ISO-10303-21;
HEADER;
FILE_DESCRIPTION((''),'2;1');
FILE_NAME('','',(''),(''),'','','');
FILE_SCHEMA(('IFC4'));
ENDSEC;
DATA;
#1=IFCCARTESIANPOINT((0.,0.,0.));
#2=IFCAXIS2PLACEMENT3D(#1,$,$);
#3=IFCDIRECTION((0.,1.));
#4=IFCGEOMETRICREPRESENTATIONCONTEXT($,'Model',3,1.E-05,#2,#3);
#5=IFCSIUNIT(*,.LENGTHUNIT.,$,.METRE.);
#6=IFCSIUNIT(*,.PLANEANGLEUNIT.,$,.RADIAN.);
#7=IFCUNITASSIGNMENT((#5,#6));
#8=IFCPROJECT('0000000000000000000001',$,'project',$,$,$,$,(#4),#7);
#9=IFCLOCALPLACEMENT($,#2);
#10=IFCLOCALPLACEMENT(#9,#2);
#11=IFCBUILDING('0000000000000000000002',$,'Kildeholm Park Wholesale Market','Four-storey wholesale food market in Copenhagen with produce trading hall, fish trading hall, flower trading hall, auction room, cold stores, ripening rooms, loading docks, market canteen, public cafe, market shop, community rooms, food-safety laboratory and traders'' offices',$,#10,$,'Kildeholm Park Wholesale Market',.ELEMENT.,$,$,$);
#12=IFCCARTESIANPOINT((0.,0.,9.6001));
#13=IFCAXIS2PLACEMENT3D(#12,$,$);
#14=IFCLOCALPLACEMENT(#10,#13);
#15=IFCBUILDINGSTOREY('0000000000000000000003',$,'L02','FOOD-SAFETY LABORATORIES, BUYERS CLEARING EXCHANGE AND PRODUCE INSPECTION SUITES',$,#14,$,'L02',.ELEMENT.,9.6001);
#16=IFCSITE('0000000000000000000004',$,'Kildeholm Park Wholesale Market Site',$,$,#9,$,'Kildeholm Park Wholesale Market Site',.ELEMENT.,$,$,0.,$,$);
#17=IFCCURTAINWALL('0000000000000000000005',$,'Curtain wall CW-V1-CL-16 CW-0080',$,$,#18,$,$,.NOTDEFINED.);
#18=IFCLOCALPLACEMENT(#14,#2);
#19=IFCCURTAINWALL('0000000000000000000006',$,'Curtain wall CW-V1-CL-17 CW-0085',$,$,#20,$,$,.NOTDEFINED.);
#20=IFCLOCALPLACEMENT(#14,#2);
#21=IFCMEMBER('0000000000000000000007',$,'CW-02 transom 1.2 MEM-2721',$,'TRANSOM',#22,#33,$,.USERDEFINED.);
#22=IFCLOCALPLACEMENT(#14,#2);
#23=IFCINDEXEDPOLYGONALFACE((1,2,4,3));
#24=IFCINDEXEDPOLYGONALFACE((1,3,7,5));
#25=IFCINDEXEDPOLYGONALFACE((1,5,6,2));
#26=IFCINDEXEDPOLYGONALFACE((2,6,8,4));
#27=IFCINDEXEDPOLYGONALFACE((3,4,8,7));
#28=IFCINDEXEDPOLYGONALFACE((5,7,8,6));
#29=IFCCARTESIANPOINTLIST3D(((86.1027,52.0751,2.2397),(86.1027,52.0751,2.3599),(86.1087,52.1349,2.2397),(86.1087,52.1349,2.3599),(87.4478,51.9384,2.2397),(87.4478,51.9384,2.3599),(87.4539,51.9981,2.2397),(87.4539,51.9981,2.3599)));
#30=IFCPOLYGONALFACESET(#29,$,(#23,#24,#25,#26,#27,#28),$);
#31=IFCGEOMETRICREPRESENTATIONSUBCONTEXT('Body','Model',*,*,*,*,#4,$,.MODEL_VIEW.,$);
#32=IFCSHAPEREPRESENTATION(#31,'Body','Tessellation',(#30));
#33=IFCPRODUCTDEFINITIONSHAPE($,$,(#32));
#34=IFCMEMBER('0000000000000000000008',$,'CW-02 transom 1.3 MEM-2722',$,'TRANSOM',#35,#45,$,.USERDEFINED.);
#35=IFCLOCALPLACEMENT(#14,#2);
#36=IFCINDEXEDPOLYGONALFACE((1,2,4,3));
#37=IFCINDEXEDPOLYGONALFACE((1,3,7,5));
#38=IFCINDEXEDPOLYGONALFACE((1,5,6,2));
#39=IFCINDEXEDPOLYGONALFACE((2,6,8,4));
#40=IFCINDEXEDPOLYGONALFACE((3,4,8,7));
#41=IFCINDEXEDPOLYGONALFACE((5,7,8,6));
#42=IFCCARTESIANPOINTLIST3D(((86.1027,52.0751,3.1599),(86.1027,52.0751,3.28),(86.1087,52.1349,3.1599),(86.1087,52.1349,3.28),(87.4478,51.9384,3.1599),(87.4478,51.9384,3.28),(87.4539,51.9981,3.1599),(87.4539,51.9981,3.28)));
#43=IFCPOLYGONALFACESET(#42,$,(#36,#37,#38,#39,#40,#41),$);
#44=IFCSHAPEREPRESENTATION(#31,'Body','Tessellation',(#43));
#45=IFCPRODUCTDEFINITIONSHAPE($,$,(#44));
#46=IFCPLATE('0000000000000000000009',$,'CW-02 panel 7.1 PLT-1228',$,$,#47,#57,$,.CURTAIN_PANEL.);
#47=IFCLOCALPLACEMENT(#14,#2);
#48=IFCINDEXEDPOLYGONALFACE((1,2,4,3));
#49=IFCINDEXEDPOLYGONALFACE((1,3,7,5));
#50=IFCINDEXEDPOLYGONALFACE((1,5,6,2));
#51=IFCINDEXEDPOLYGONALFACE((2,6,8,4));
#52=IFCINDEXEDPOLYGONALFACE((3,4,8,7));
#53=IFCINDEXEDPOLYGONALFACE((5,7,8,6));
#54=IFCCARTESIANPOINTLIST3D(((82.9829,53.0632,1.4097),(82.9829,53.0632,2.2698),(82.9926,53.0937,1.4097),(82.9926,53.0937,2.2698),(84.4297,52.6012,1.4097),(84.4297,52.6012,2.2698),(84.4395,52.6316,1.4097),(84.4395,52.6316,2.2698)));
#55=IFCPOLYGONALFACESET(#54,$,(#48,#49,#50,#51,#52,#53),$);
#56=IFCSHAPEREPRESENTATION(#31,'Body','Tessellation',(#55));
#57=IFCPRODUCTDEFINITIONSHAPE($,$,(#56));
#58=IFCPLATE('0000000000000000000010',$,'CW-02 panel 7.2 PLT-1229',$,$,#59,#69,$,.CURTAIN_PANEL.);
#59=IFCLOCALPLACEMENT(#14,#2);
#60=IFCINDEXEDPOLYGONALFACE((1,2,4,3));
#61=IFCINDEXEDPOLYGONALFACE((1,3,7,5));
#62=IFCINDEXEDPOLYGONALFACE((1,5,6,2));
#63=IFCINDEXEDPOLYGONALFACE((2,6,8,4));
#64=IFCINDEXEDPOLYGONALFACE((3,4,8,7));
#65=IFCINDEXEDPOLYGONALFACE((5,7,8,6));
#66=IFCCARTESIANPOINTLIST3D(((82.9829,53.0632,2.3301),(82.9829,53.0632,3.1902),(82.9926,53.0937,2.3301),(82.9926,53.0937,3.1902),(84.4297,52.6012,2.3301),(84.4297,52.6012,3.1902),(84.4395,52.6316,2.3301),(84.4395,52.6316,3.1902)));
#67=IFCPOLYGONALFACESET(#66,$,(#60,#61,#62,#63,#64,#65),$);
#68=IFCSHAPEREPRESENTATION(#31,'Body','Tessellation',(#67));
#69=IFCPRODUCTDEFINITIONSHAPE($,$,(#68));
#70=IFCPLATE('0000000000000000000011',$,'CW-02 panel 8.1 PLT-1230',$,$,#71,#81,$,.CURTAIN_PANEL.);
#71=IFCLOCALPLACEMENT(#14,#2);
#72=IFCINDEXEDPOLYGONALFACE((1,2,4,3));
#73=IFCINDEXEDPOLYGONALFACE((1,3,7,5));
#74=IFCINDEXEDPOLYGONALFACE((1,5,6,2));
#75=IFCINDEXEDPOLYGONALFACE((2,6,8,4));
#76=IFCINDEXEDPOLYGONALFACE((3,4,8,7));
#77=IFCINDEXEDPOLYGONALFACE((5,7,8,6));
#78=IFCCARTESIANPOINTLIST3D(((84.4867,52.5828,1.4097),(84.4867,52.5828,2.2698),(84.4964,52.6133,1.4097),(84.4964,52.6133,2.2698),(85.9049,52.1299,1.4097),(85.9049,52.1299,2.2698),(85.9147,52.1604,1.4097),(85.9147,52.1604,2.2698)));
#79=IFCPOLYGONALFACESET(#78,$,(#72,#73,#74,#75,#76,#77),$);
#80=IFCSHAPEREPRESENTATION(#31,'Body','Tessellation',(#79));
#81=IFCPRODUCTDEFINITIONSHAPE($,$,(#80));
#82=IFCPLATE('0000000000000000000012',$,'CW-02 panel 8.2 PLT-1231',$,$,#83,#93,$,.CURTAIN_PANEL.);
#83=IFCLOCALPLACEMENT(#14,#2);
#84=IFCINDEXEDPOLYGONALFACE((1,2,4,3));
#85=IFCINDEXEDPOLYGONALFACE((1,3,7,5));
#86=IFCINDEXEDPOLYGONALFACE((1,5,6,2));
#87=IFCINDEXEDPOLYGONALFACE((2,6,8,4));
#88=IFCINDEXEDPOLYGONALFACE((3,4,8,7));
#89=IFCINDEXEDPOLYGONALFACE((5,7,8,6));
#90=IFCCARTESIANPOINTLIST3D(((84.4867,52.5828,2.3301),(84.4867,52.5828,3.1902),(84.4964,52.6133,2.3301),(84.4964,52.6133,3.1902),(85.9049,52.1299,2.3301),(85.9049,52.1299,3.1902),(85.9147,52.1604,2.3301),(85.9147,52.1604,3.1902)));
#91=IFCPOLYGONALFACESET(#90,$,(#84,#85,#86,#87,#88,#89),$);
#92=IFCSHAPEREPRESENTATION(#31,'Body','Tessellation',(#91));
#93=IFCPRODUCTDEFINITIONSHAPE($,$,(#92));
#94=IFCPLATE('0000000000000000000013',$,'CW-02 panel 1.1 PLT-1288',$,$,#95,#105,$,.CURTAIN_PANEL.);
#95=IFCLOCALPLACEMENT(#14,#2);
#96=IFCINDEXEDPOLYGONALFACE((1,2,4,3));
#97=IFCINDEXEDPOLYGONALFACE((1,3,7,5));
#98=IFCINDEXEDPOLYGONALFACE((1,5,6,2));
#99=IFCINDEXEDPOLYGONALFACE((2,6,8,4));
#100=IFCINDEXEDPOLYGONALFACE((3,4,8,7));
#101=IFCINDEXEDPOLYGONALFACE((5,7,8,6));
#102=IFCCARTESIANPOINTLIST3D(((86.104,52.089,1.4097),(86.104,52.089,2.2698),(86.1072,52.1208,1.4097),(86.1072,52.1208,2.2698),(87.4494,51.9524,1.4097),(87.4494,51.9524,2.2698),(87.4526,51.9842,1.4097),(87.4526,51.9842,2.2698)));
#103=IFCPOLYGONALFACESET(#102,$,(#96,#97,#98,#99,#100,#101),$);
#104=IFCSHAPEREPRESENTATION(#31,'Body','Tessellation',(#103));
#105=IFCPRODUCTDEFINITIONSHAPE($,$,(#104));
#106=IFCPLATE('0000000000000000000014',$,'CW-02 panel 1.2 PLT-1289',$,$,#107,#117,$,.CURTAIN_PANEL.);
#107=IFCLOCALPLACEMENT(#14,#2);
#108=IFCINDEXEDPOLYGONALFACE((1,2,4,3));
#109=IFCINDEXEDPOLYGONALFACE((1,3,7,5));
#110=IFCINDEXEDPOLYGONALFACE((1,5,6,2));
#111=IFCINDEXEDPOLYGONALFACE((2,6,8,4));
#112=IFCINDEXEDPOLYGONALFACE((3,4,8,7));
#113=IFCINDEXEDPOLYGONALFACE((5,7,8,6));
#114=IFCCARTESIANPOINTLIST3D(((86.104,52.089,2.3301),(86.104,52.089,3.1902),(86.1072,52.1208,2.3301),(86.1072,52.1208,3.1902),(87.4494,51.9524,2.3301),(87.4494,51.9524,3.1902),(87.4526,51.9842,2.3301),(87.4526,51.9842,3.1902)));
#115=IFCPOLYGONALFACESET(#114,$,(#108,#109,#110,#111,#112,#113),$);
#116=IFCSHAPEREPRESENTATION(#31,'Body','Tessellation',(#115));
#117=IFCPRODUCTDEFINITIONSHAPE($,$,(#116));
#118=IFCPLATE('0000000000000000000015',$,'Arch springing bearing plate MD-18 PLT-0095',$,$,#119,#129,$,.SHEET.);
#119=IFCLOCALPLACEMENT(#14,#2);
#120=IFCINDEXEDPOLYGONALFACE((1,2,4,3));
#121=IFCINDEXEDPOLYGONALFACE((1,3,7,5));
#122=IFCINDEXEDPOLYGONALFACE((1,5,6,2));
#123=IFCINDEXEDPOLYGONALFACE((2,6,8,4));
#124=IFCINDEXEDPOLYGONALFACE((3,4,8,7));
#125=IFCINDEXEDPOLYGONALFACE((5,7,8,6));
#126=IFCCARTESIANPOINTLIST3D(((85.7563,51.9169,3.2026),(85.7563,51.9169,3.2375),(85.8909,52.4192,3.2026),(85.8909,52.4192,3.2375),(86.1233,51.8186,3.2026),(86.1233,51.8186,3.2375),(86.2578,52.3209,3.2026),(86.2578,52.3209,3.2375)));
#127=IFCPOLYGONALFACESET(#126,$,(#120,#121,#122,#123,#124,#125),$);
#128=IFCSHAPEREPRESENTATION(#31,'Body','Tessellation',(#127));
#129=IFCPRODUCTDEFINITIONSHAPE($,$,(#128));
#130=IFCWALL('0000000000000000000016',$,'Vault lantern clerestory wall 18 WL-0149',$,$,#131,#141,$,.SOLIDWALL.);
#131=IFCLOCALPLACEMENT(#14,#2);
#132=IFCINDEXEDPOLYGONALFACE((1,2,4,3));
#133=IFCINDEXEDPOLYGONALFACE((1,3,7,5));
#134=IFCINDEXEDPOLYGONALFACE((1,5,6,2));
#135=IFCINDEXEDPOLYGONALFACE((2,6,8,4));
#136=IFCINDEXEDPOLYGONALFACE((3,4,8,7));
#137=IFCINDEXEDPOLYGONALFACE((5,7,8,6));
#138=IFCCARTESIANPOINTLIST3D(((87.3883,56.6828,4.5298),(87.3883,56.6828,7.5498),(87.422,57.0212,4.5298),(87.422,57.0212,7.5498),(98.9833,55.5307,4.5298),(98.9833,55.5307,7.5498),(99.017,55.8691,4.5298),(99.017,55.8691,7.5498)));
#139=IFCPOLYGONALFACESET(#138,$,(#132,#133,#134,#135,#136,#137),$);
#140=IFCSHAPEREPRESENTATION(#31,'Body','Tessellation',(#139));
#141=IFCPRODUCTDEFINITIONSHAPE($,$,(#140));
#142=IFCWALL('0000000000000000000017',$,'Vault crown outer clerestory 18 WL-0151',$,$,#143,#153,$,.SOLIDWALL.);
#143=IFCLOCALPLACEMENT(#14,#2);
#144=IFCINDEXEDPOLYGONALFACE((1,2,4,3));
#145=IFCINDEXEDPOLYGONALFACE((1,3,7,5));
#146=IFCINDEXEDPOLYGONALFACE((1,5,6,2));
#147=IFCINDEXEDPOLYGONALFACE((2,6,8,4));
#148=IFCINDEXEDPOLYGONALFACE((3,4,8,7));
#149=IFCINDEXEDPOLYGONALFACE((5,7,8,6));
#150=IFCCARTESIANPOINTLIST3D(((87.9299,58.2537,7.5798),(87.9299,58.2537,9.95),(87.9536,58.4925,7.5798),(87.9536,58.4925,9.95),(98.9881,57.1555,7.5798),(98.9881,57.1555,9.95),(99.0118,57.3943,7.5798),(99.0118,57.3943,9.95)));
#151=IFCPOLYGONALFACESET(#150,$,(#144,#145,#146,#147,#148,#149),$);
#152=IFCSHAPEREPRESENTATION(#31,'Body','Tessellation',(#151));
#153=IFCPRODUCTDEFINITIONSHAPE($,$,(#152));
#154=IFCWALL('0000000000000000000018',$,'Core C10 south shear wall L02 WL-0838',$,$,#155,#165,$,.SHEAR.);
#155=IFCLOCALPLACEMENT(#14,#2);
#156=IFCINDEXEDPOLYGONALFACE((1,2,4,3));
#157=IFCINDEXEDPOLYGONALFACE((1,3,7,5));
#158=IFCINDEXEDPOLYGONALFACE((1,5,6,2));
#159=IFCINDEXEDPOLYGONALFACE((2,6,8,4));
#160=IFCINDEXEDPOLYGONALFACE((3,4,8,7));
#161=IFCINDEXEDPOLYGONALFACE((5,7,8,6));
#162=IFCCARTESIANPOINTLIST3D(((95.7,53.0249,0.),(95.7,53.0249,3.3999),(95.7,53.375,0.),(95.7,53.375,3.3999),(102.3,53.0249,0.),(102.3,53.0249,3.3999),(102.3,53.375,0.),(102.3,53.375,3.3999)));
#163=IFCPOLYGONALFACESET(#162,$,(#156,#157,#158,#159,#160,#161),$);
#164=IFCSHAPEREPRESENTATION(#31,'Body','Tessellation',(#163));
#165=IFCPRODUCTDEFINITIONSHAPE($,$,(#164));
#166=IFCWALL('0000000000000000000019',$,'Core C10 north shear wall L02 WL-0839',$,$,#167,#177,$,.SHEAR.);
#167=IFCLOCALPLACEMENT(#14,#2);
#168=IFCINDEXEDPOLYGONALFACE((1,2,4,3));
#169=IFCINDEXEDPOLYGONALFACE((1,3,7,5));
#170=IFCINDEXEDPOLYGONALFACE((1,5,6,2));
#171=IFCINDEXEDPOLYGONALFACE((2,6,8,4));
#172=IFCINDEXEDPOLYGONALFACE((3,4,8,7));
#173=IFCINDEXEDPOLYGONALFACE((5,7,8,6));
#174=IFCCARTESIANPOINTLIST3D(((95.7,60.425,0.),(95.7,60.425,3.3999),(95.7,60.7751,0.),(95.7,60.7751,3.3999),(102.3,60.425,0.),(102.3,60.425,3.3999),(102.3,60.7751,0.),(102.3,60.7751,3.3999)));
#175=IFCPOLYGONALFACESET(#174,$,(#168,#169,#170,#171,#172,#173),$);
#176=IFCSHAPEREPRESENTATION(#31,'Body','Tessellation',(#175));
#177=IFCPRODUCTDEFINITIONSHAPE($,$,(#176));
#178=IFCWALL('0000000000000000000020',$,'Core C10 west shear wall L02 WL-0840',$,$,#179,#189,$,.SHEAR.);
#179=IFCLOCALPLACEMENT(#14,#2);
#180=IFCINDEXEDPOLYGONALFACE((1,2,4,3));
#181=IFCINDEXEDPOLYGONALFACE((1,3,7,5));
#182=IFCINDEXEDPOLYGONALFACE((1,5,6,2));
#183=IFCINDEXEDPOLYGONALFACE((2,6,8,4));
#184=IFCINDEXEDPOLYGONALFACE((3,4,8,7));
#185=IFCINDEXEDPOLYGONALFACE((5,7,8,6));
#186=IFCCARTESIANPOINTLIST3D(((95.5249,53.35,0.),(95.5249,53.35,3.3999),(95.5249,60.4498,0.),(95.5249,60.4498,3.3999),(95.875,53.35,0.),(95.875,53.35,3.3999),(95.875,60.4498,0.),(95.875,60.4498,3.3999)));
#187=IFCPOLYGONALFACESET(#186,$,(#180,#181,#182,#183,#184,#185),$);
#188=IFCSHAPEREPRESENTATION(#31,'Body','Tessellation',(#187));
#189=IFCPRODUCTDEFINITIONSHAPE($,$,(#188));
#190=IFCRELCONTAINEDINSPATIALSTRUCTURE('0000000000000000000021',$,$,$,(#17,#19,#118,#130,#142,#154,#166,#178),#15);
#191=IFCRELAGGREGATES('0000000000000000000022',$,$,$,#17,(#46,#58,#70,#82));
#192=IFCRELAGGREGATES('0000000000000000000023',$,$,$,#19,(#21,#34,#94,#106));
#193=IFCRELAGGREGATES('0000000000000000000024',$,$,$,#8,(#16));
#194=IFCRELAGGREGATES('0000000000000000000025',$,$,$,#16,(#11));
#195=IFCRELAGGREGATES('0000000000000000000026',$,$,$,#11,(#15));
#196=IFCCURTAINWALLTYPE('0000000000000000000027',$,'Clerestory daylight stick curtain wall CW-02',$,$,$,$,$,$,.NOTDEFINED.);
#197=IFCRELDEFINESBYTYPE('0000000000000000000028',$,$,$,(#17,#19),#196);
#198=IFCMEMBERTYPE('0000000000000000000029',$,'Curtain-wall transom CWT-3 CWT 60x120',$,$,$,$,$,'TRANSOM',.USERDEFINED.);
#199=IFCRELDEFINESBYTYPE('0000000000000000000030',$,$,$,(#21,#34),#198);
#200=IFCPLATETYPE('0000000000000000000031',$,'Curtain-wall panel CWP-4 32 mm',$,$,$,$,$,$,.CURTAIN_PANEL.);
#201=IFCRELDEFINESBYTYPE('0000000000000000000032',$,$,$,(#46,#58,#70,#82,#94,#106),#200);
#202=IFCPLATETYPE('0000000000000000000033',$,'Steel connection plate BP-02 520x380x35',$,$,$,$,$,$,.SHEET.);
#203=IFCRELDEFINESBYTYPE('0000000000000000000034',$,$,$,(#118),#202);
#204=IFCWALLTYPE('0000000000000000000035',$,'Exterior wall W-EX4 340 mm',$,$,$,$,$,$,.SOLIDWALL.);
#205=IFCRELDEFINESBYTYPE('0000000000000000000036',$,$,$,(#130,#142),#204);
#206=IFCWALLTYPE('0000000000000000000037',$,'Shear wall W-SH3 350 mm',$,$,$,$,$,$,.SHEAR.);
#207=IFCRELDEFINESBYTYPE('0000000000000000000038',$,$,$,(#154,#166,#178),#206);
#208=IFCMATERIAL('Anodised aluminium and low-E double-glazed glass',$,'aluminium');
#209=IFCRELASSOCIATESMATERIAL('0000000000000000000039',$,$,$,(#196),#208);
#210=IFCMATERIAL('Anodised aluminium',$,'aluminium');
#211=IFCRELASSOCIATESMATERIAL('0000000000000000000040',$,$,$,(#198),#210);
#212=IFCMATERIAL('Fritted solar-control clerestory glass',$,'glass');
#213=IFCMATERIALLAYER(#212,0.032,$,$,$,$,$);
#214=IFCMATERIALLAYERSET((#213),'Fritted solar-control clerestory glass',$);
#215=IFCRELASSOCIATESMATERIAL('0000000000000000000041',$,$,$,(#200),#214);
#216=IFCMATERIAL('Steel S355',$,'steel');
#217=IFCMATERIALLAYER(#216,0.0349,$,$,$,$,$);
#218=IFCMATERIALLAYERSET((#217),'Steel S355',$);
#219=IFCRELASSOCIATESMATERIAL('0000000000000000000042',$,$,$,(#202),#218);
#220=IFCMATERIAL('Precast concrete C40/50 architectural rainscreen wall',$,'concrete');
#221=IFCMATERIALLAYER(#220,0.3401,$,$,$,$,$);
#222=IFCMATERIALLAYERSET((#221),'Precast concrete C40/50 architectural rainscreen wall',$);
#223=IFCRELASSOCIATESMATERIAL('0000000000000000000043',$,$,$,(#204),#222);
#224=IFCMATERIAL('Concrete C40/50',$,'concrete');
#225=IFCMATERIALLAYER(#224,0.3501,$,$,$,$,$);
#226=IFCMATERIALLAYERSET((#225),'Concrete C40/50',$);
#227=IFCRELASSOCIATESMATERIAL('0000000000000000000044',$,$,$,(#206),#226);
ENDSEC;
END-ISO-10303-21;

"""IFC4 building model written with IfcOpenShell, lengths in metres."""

from ifc_helpers import new_model, si_unit, direction, frame, frame_2d, origin, origin_2d, place, context, subcontext, project, spatial, rectangle, extrude, material, layer, layer_set, material_profile, profile_set, type_object, element, aggregate, save


model = new_model("IFC4")

# Units and contexts
model_context = context("Model", 3, precision=1e-05, world=origin(), true_north=direction((0.0, 1.0)))
body_context = subcontext(model_context, "Body", "Model", "MODEL_VIEW")
ifc_project = project(units=[si_unit("LENGTHUNIT", "METRE"), si_unit("PLANEANGLEUNIT", "RADIAN")], contexts=[model_context])

# Site, building, storey
site_placement = place(None, origin())
site = spatial("IfcSite", under=ifc_project, at=site_placement, Name="Kildeholm Park Wholesale Market Site", LongName="Kildeholm Park Wholesale Market Site", CompositionType="ELEMENT", RefElevation=0.0)
building_placement = place(site_placement, origin())
building = spatial("IfcBuilding", under=site, at=building_placement, Name="Kildeholm Park Wholesale Market", Description="Four-storey wholesale food market in Copenhagen with produce trading hall, fish trading hall, flower trading hall, auction room, cold stores, ripening rooms, loading docks, market canteen, public cafe, market shop, community rooms, food-safety laboratory and traders' offices", LongName="Kildeholm Park Wholesale Market", CompositionType="ELEMENT")
storey_placement = place(building_placement, frame((0.0, 0.0, 9.6001)))
storey = spatial("IfcBuildingStorey", under=building, at=storey_placement, Name="L02", Description="FOOD-SAFETY LABORATORIES, BUYERS CLEARING EXCHANGE AND PRODUCE INSPECTION SUITES", LongName="L02", CompositionType="ELEMENT", Elevation=9.6001)

# Shared definitions
ifc_material_1 = material(Name="Steel S355", Category="steel")

# Curtain walls
ifc_material_2 = material(Name="Anodised aluminium and low-E double-glazed glass", Category="aluminium")
curtain_wall_type = type_object("IfcCurtainWallType", Name="Clerestory daylight stick curtain wall CW-02", PredefinedType="NOTDEFINED", material=ifc_material_2)
curtain_wall_1_placement = place(storey_placement, origin())
curtain_wall_1 = element("IfcCurtainWall", 1, at=curtain_wall_1_placement, inside=storey, type_object=curtain_wall_type, Name="Curtain wall CW-V1-CL-16 CW-0080", PredefinedType="NOTDEFINED")
ifc_material_3 = material(Name="Anodised aluminium", Category="aluminium")
curtain_wall_2_placement = place(storey_placement, origin())
curtain_wall_2 = element("IfcCurtainWall", 2, at=curtain_wall_2_placement, inside=storey, type_object=curtain_wall_type, Name="Curtain wall CW-V1-CL-17 CW-0085", PredefinedType="NOTDEFINED")

# Members
ifc_material_profile_1 = material_profile(ifc_material_3, rectangle(XDim=0.0601, YDim=0.1201, at=origin_2d()), Name="CWT 60x120")
ifc_profile_set_1 = profile_set([ifc_material_profile_1], Name="Anodised aluminium")
member_type_1 = type_object("IfcMemberType", Name="Curtain-wall transom CWT-3 CWT 60x120", ElementType="TRANSOM", PredefinedType="USERDEFINED", material=ifc_profile_set_1)
member_1_placement = place(storey_placement, frame((86.1057, 52.105, 2.2998), z_axis=(0.994875, -0.101113, 0.0), x_axis=(0.101113, 0.994875, 0.0)))
member_1 = element("IfcMember", 3, at=member_1_placement, type_object=member_type_1, Name="CW-02 transom 1.2 MEM-2721", ObjectType="TRANSOM", PredefinedType="USERDEFINED", context=body_context, shape_type="SweptSolid", body=[
    extrude(rectangle(XDim=0.0601, YDim=0.1201, at=origin_2d()), origin(), (0.0, 0.0, 1.0), 1.3521),
])
member_2_placement = place(storey_placement, frame((86.1057, 52.105, 3.22), z_axis=(0.994875, -0.101113, 0.0), x_axis=(0.101113, 0.994875, 0.0)))
member_2 = element("IfcMember", 4, at=member_2_placement, type_object=member_type_1, Name="CW-02 transom 1.3 MEM-2722", ObjectType="TRANSOM", PredefinedType="USERDEFINED", context=body_context, shape_type="SweptSolid", body=[
    extrude(rectangle(XDim=0.0601, YDim=0.1201, at=origin_2d()), origin(), (0.0, 0.0, 1.0), 1.3521),
])

# Plates
ifc_material_4 = material(Name="Fritted solar-control clerestory glass", Category="glass")
ifc_layer_1 = layer(ifc_material_4, 0.032)
ifc_layer_set_1 = layer_set([ifc_layer_1], Name="Fritted solar-control clerestory glass")
plate_type_1 = type_object("IfcPlateType", Name="Curtain-wall panel CWP-4 32 mm", PredefinedType="CURTAIN_PANEL", material=ifc_layer_set_1)
plate_1_placement = place(storey_placement, frame((83.7112, 52.8474, 1.4097), z_axis=(0.0, 0.0, 1.0), x_axis=(0.952606, -0.304207, 0.0)))
plate_1 = element("IfcPlate", 5, at=plate_1_placement, type_object=plate_type_1, Name="CW-02 panel 7.1 PLT-1228", PredefinedType="CURTAIN_PANEL", context=body_context, shape_type="SweptSolid", body=[
    extrude(rectangle(XDim=1.5188, YDim=0.032, at=origin_2d()), origin(), (0.0, 0.0, 1.0), 0.8601),
])
plate_2_placement = place(storey_placement, frame((83.7112, 52.8474, 2.3301), z_axis=(0.0, 0.0, 1.0), x_axis=(0.952606, -0.304207, 0.0)))
plate_2 = element("IfcPlate", 6, at=plate_2_placement, type_object=plate_type_1, Name="CW-02 panel 7.2 PLT-1229", PredefinedType="CURTAIN_PANEL", context=body_context, shape_type="SweptSolid", body=[
    extrude(rectangle(XDim=1.5188, YDim=0.032, at=origin_2d()), origin(), (0.0, 0.0, 1.0), 0.8601),
])
plate_3_placement = place(storey_placement, frame((85.2007, 52.3716, 1.4097), z_axis=(0.0, 0.0, 1.0), x_axis=(0.952606, -0.304207, 0.0)))
plate_3 = element("IfcPlate", 7, at=plate_3_placement, type_object=plate_type_1, Name="CW-02 panel 8.1 PLT-1230", PredefinedType="CURTAIN_PANEL", context=body_context, shape_type="SweptSolid", body=[
    extrude(rectangle(XDim=1.4888, YDim=0.032, at=origin_2d()), origin(), (0.0, 0.0, 1.0), 0.8601),
])
plate_4_placement = place(storey_placement, frame((85.2007, 52.3716, 2.3301), z_axis=(0.0, 0.0, 1.0), x_axis=(0.952606, -0.304207, 0.0)))
plate_4 = element("IfcPlate", 8, at=plate_4_placement, type_object=plate_type_1, Name="CW-02 panel 8.2 PLT-1231", PredefinedType="CURTAIN_PANEL", context=body_context, shape_type="SweptSolid", body=[
    extrude(rectangle(XDim=1.4888, YDim=0.032, at=origin_2d()), origin(), (0.0, 0.0, 1.0), 0.8601),
])
aggregate(curtain_wall_1, [plate_1, plate_2, plate_3, plate_4])
plate_5_placement = place(storey_placement, frame((86.7783, 52.0366, 1.4097), z_axis=(0.0, 0.0, 1.0), x_axis=(0.994887, -0.100999, 0.0)))
plate_5 = element("IfcPlate", 9, at=plate_5_placement, type_object=plate_type_1, Name="CW-02 panel 1.1 PLT-1288", PredefinedType="CURTAIN_PANEL", context=body_context, shape_type="SweptSolid", body=[
    extrude(rectangle(XDim=1.3523, YDim=0.032, at=origin_2d()), origin(), (0.0, 0.0, 1.0), 0.8601),
])
plate_6_placement = place(storey_placement, frame((86.7783, 52.0366, 2.3301), z_axis=(0.0, 0.0, 1.0), x_axis=(0.994887, -0.100999, 0.0)))
plate_6 = element("IfcPlate", 10, at=plate_6_placement, type_object=plate_type_1, Name="CW-02 panel 1.2 PLT-1289", PredefinedType="CURTAIN_PANEL", context=body_context, shape_type="SweptSolid", body=[
    extrude(rectangle(XDim=1.3523, YDim=0.032, at=origin_2d()), origin(), (0.0, 0.0, 1.0), 0.8601),
])
aggregate(curtain_wall_2, [member_1, member_2, plate_5, plate_6])
ifc_layer_2 = layer(ifc_material_1, 0.0349)
ifc_layer_set_2 = layer_set([ifc_layer_2], Name="Steel S355")
plate_type_2 = type_object("IfcPlateType", Name="Steel connection plate BP-02 520x380x35", PredefinedType="SHEET", material=ifc_layer_set_2)
plate_7_placement = place(storey_placement, frame((86.0071, 52.1189, 3.2026), z_axis=(0.0, 0.0, 1.0), x_axis=(-0.258819, -0.965926, 0.0)))
element("IfcPlate", 11, at=plate_7_placement, inside=storey, type_object=plate_type_2, Name="Arch springing bearing plate MD-18 PLT-0095", PredefinedType="SHEET", context=body_context, shape_type="SweptSolid", body=[
    extrude(rectangle(XDim=0.52, YDim=0.3799, at=origin_2d()), origin(), (0.0, 0.0, 1.0), 0.0349),
])

# Walls
ifc_material_5 = material(Name="Precast concrete C40/50 architectural rainscreen wall", Category="concrete")
ifc_layer_3 = layer(ifc_material_5, 0.3401)
ifc_layer_set_3 = layer_set([ifc_layer_3], Name="Precast concrete C40/50 architectural rainscreen wall")
wall_type_1 = type_object("IfcWallType", Name="Exterior wall W-EX4 340 mm", PredefinedType="SOLIDWALL", material=ifc_layer_set_3)
wall_1_placement = place(storey_placement, frame((87.405, 56.8521, 4.5298), z_axis=(0.0, 0.0, 1.0), x_axis=(0.9951, -0.098875, 0.0)))
element("IfcWall", 12, at=wall_1_placement, inside=storey, type_object=wall_type_1, Name="Vault lantern clerestory wall 18 WL-0149", PredefinedType="SOLIDWALL", context=body_context, shape_type="SweptSolid", body=[
    extrude(rectangle(XDim=11.6521, YDim=0.3401, at=frame_2d((5.8262, 0.0))), origin(), (0.0, 0.0, 1.0), 3.02),
])
wall_2_placement = place(storey_placement, frame((87.9419, 58.373, 7.5798), z_axis=(0.0, 0.0, 1.0), x_axis=(0.995105, -0.098821, 0.0)))
element("IfcWall", 13, at=wall_2_placement, inside=storey, type_object=wall_type_1, Name="Vault crown outer clerestory 18 WL-0151", PredefinedType="SOLIDWALL", context=body_context, shape_type="SweptSolid", body=[
    extrude(rectangle(XDim=11.1125, YDim=0.24, at=frame_2d((5.5562, 0.0))), origin(), (0.0, 0.0, 1.0), 2.3701),
])
ifc_material_6 = material(Name="Concrete C40/50", Category="concrete")
ifc_layer_4 = layer(ifc_material_6, 0.3501)
ifc_layer_set_4 = layer_set([ifc_layer_4], Name="Concrete C40/50")
wall_type_2 = type_object("IfcWallType", Name="Shear wall W-SH3 350 mm", PredefinedType="SHEAR", material=ifc_layer_set_4)
for number, where, z_axis, x_axis, name in (
    (14, (95.7, 53.2, 0.0), (0.0, 0.0, 1.0), (1.0, 0.0, 0.0), "Core C10 south shear wall L02 WL-0838"),
    (15, (95.7, 60.6001, 0.0), (0.0, 0.0, 1.0), (1.0, 0.0, 0.0), "Core C10 north shear wall L02 WL-0839"),
):
    element("IfcWall", number, at=place(storey_placement, frame(where, z_axis=z_axis, x_axis=x_axis)), inside=storey, type_object=wall_type_2, Name=name, PredefinedType="SHEAR", context=body_context, shape_type="SweptSolid", body=[
        extrude(rectangle(XDim=6.6001, YDim=0.3501, at=frame_2d((3.3, 0.0))), origin(), (0.0, 0.0, 1.0), 3.3999),
    ])
wall_3_placement = place(storey_placement, frame((95.7, 53.3501, 0.0), z_axis=(0.0, 0.0, 1.0), x_axis=(0.0, 1.0, 0.0)))
element("IfcWall", 16, at=wall_3_placement, inside=storey, type_object=wall_type_2, Name="Core C10 west shear wall L02 WL-0840", PredefinedType="SHEAR", context=body_context, shape_type="SweptSolid", body=[
    extrude(rectangle(XDim=7.0999, YDim=0.3501, at=frame_2d((3.5498, 0.0))), origin(), (0.0, 0.0, 1.0), 3.3999),
])

save(model, "model.ifc")
